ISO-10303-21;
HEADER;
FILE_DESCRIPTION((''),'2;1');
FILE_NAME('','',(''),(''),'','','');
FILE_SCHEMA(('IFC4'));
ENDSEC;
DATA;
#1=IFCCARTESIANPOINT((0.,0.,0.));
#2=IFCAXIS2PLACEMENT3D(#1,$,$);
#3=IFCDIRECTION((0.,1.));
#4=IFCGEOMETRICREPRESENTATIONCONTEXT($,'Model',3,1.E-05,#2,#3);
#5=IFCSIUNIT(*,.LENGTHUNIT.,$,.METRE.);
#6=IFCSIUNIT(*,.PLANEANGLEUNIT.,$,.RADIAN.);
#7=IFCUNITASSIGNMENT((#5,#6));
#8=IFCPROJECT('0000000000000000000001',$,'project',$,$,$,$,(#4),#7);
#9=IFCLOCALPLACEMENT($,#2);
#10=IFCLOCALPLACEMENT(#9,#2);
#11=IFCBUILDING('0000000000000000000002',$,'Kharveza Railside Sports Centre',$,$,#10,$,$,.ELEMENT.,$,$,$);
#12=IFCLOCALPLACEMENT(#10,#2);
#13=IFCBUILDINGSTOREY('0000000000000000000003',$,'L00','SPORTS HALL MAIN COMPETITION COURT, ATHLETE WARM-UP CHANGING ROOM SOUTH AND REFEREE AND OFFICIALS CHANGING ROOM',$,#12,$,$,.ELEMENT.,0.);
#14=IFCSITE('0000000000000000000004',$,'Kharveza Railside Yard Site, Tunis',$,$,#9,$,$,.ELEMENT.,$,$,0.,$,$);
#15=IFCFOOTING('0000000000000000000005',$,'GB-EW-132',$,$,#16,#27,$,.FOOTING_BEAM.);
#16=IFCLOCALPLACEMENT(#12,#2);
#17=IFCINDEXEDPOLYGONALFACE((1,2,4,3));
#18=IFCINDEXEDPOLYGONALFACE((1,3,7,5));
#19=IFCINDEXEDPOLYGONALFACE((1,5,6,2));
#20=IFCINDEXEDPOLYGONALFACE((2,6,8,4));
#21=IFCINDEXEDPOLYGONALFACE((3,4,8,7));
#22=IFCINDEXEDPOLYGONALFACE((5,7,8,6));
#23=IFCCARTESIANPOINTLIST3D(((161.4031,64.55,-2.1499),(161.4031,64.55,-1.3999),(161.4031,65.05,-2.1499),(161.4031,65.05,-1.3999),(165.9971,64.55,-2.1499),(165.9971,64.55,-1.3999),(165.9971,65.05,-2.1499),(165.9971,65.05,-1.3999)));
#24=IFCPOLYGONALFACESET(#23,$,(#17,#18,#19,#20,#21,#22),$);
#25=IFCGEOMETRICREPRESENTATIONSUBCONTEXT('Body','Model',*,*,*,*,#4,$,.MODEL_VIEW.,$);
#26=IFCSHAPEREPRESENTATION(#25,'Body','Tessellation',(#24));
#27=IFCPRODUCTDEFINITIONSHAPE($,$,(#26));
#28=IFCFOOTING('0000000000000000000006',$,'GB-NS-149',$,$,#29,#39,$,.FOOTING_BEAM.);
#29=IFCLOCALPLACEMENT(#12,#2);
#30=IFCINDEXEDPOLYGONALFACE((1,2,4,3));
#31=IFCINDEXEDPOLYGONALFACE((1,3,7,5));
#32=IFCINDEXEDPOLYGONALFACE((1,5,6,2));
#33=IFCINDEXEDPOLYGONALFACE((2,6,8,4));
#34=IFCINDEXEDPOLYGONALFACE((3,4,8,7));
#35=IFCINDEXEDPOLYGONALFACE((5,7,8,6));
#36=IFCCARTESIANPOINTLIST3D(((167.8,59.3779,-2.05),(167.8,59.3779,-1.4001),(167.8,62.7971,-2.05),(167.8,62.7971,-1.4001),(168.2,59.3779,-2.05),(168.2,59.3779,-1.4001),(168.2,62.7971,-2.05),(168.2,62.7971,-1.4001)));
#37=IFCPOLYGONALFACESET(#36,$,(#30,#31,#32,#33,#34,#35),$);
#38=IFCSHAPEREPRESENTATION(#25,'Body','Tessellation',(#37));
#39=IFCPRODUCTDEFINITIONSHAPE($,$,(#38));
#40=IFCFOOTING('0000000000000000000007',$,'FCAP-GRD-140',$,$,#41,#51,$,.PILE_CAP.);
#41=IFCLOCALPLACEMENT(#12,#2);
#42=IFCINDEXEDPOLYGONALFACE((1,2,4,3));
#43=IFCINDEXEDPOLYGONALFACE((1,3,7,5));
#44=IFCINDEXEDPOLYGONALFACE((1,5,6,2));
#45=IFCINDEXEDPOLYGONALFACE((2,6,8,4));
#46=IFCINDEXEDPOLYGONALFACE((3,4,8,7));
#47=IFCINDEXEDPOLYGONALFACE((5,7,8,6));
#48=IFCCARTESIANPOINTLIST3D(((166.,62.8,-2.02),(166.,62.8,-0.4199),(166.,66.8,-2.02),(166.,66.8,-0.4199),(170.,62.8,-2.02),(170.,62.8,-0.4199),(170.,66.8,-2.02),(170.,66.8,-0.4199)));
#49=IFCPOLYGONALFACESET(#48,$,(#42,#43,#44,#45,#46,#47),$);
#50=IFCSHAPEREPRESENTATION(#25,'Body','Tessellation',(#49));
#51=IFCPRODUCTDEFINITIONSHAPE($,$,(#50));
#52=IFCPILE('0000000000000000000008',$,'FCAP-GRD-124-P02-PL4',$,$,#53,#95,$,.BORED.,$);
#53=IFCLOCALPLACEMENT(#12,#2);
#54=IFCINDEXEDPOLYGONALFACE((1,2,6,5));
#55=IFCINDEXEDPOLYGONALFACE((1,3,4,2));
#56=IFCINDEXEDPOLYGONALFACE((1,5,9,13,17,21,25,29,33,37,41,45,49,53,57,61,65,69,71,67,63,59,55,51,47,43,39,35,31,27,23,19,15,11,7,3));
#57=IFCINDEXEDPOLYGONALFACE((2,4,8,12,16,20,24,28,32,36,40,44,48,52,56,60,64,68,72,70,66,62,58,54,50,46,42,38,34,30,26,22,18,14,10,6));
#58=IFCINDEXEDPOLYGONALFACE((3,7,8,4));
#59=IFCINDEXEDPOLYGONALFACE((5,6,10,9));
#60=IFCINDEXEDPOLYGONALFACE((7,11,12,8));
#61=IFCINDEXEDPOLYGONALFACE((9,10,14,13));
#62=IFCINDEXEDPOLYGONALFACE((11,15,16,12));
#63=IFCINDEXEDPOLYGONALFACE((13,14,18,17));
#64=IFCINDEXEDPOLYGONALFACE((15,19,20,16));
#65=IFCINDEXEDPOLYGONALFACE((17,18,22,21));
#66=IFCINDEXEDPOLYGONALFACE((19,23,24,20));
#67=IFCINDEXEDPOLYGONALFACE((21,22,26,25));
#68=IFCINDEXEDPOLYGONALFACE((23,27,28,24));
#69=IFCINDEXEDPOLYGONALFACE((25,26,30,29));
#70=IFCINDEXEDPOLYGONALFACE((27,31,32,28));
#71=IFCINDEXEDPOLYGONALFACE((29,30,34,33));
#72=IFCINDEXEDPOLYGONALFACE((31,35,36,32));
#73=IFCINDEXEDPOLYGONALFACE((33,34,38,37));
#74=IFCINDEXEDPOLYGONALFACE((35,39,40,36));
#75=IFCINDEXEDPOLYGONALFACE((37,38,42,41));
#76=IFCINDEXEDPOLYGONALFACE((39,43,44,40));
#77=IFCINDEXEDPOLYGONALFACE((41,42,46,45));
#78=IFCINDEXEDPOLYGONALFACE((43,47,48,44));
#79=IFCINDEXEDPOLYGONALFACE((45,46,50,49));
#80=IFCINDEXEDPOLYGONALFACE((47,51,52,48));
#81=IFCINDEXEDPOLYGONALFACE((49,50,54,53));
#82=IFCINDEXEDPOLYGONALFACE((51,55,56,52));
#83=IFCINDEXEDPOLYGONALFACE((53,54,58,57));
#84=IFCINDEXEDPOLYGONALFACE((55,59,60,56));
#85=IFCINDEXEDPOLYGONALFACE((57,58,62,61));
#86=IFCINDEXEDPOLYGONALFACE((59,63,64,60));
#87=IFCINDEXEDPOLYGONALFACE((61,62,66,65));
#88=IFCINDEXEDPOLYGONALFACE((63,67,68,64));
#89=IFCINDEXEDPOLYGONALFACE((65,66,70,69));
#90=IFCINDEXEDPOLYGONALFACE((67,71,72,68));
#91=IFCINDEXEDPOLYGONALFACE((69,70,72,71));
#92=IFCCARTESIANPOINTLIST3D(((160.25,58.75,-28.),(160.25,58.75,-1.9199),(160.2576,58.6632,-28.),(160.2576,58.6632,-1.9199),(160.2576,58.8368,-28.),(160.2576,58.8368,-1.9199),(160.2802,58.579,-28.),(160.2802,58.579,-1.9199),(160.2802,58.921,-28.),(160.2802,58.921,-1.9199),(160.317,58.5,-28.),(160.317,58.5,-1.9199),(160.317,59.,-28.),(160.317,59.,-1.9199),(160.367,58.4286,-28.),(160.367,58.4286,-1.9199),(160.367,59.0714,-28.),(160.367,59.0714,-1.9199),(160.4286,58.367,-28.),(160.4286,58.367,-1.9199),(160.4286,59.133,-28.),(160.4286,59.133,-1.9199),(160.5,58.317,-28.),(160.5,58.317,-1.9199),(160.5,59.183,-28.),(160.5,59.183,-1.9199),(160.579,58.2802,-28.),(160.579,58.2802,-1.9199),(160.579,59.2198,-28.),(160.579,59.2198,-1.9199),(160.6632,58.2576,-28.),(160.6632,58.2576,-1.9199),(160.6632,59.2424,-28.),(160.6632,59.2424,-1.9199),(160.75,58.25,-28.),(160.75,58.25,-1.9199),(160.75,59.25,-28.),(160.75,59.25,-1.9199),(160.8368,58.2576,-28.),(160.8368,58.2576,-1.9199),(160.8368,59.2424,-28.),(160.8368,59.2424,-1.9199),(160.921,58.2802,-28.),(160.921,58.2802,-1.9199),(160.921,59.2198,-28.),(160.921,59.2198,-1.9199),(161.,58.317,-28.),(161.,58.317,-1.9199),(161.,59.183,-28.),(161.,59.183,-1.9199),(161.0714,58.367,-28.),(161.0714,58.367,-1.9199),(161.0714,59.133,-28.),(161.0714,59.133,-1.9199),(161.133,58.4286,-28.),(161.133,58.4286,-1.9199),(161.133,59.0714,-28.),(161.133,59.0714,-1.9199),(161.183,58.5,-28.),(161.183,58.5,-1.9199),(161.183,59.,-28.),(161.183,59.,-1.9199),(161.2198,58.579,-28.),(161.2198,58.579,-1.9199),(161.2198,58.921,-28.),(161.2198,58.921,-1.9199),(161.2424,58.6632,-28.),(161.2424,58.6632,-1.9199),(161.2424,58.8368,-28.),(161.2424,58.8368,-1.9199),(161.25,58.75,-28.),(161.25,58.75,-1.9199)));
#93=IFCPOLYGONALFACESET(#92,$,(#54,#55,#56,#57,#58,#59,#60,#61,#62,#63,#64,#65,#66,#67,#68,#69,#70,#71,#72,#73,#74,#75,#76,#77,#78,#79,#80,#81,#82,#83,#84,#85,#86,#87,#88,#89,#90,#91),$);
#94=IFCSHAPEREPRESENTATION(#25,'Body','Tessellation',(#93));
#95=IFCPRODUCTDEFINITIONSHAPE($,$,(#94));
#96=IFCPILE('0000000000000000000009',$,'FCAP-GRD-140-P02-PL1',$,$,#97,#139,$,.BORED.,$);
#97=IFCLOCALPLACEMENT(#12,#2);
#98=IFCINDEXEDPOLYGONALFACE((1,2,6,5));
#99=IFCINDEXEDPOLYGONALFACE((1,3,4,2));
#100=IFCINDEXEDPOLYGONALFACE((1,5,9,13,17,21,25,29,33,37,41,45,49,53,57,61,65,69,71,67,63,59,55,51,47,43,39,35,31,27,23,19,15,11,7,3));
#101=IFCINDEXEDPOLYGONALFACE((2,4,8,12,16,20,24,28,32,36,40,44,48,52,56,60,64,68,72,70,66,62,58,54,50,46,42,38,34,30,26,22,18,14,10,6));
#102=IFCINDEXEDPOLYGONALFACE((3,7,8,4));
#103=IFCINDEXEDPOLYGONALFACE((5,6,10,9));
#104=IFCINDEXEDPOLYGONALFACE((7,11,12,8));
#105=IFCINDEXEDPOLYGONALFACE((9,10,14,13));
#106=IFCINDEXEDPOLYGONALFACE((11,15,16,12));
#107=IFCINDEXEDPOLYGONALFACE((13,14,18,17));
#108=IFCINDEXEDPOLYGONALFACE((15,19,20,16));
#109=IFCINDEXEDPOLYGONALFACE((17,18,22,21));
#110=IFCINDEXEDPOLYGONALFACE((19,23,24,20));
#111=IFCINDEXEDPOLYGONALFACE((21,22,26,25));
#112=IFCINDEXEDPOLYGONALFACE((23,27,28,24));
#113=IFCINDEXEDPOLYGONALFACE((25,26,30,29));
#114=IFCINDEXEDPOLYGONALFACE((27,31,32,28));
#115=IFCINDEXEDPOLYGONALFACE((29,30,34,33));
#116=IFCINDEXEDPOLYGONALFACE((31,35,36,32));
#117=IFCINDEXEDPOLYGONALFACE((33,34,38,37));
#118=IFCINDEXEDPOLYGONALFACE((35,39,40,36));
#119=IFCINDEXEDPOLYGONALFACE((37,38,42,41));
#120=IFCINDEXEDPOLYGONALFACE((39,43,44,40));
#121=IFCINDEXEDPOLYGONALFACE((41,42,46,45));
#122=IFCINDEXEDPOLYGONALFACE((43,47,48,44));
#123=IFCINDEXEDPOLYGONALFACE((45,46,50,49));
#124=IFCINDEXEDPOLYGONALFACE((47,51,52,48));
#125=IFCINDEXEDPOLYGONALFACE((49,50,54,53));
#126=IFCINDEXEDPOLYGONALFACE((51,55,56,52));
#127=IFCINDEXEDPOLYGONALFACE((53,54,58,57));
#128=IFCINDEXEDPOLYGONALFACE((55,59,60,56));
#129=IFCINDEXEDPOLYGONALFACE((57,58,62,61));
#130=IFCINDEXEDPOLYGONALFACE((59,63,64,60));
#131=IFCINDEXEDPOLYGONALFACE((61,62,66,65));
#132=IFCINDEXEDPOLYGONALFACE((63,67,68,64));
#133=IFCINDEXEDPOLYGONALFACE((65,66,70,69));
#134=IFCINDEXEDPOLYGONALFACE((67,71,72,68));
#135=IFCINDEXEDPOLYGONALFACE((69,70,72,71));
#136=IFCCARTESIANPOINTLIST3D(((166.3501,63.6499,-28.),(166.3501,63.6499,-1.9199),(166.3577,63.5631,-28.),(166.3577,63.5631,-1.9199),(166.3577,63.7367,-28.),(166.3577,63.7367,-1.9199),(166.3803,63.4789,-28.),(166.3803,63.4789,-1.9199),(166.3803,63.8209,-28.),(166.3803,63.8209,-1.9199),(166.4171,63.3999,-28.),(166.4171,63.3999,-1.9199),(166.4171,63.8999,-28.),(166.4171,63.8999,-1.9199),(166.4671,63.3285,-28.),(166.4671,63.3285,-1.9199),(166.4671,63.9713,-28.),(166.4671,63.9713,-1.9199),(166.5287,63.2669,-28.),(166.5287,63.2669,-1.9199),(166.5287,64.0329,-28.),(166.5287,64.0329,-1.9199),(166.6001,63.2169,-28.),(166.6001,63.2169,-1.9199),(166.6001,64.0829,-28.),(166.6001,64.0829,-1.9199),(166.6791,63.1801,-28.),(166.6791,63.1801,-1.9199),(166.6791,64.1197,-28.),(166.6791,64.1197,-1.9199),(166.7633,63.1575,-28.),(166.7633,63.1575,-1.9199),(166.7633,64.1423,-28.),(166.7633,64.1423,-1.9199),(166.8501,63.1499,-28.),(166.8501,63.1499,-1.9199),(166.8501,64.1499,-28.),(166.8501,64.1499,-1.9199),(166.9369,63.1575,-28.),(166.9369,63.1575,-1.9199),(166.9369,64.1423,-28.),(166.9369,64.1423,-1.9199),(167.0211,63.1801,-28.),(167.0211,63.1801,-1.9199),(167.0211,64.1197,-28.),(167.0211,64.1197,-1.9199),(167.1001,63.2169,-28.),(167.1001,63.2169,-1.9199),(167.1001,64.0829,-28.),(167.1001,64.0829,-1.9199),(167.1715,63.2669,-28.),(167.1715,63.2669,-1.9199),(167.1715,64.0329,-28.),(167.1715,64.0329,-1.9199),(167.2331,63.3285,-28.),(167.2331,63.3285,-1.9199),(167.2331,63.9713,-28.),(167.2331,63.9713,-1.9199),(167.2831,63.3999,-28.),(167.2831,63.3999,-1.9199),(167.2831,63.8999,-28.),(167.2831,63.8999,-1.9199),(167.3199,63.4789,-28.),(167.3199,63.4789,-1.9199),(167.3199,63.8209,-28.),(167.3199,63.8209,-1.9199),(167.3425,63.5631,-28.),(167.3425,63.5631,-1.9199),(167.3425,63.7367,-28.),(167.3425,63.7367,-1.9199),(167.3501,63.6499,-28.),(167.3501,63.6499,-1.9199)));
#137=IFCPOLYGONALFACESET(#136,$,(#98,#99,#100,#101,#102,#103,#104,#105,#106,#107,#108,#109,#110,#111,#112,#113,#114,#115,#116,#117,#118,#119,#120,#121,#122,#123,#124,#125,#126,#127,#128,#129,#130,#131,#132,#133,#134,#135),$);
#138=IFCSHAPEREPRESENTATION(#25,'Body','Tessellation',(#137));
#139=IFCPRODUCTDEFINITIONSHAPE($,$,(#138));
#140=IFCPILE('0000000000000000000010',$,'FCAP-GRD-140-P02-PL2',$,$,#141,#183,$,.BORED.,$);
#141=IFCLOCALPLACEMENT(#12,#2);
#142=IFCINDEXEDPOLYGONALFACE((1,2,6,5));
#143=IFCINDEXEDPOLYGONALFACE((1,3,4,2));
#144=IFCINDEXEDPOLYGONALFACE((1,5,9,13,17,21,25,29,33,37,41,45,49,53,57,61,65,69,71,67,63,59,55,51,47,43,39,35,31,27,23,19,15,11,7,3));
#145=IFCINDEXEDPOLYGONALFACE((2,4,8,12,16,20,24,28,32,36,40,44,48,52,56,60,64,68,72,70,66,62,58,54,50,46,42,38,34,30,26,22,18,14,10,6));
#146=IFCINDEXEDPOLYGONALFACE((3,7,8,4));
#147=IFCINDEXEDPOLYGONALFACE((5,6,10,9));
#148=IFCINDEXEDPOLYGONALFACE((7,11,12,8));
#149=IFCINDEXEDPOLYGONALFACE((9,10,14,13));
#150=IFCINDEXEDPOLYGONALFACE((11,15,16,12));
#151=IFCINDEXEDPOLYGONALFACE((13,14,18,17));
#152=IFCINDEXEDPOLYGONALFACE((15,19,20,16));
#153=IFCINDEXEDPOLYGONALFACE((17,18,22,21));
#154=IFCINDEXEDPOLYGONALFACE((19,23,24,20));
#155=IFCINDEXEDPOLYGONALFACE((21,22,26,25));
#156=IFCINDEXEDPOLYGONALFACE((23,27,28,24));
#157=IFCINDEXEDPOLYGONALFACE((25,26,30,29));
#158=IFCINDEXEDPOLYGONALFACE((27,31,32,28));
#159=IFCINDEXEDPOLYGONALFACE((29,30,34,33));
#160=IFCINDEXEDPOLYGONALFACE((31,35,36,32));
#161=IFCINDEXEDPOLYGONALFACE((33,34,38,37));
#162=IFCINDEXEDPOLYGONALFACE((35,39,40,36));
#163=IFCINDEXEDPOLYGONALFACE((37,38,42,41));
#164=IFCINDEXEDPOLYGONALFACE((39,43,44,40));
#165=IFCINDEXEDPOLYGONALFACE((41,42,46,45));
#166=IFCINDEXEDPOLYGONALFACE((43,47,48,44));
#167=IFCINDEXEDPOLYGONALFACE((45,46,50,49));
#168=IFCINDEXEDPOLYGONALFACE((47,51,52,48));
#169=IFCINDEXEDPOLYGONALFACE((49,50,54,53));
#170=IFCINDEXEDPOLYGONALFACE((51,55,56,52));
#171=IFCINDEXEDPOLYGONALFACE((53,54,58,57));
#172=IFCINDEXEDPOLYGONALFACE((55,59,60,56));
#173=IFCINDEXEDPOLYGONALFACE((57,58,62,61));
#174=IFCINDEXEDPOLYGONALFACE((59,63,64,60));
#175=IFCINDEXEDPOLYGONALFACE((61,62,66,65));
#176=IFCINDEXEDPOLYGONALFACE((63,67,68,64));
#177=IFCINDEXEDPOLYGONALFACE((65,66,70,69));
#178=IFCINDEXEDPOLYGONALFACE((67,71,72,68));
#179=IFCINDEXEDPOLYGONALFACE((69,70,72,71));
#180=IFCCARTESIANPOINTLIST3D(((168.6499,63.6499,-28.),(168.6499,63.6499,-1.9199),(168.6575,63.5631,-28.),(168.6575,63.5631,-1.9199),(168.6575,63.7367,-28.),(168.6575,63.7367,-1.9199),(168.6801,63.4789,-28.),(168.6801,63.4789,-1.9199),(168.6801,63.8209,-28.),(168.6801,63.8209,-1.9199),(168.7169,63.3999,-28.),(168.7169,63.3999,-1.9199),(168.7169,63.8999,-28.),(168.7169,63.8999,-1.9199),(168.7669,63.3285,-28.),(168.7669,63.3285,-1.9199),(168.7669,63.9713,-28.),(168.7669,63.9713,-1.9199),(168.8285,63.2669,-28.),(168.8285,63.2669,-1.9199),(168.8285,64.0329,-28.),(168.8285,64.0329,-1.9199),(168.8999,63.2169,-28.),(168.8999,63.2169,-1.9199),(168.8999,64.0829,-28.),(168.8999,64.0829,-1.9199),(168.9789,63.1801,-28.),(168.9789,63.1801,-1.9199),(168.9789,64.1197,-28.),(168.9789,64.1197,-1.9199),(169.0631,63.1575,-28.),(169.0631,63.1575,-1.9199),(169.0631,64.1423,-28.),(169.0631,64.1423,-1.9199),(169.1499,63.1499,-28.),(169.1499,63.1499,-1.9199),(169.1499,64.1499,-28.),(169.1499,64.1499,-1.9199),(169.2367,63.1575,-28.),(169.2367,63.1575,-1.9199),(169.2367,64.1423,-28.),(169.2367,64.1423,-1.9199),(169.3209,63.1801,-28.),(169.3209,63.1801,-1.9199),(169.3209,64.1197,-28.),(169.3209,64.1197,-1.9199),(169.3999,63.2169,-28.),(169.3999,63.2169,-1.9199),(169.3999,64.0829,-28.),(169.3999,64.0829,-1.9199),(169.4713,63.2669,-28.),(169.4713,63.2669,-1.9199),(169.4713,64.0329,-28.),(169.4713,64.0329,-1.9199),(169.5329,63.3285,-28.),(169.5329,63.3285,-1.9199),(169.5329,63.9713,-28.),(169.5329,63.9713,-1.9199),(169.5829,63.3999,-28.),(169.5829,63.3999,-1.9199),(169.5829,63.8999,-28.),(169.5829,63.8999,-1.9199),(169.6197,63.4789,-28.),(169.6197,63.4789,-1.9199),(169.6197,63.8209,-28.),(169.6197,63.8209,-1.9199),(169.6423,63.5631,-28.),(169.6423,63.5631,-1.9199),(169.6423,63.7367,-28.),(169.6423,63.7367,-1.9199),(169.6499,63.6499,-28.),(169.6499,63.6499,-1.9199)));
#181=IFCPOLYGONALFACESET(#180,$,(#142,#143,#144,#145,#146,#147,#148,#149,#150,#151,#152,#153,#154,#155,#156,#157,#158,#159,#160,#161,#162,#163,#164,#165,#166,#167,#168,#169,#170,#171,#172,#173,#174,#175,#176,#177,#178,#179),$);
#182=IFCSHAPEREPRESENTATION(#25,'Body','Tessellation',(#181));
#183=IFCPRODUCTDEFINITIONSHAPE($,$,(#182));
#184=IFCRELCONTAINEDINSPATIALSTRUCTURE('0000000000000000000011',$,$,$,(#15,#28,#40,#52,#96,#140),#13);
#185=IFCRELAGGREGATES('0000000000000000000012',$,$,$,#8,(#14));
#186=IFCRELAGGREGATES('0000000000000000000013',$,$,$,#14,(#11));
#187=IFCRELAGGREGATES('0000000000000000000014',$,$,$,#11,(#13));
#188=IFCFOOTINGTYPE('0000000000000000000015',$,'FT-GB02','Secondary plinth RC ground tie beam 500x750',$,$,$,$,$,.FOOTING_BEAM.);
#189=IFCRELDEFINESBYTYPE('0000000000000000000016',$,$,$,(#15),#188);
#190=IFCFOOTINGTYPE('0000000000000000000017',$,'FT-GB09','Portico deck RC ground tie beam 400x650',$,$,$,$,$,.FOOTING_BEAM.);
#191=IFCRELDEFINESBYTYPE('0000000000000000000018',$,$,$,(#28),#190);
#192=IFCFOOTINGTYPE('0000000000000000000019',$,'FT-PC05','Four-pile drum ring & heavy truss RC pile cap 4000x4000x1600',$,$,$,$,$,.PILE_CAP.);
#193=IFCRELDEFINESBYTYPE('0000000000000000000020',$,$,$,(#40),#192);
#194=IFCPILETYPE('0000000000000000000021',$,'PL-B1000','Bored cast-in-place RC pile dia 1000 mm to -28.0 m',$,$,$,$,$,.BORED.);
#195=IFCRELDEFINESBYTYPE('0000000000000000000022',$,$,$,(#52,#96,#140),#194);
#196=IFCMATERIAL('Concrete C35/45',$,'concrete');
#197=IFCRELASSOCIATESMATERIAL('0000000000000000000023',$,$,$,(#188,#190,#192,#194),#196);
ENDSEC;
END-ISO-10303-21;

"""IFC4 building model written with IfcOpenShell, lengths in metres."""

from ifc_helpers import new_model, si_unit, direction, frame, origin, origin_2d, place, context, subcontext, project, spatial, rectangle, circle, extrude, material, material_profile, profile_set, type_object, element, save


model = new_model("IFC4")

# Units and contexts
model_context = context("Model", 3, precision=1e-05, world=origin(), true_north=direction((0.0, 1.0)))
body_context = subcontext(model_context, "Body", "Model", "MODEL_VIEW")
ifc_project = project(units=[si_unit("LENGTHUNIT", "METRE"), si_unit("PLANEANGLEUNIT", "RADIAN")], contexts=[model_context])

# Site, building, storey
site_placement = place(None, origin())
site = spatial("IfcSite", under=ifc_project, at=site_placement, Name="Kharveza Railside Yard Site, Tunis", CompositionType="ELEMENT", RefElevation=0.0)
building_placement = place(site_placement, origin())
building = spatial("IfcBuilding", under=site, at=building_placement, Name="Kharveza Railside Sports Centre", CompositionType="ELEMENT")
storey_placement = place(building_placement, origin())
storey = spatial("IfcBuildingStorey", under=building, at=storey_placement, Name="L00", Description="SPORTS HALL MAIN COMPETITION COURT, ATHLETE WARM-UP CHANGING ROOM SOUTH AND REFEREE AND OFFICIALS CHANGING ROOM", CompositionType="ELEMENT", Elevation=0.0)

# Footings
ifc_material_1 = material(Name="Concrete C35/45", Category="concrete")
ifc_material_profile_1 = material_profile(ifc_material_1, rectangle(XDim=0.5, YDim=0.75, at=origin_2d()), Name="GB 500x750")
ifc_profile_set_1 = profile_set([ifc_material_profile_1], Name="Concrete C35/45")
footing_type_1 = type_object("IfcFootingType", Name="FT-GB02", Description="Secondary plinth RC ground tie beam 500x750", PredefinedType="FOOTING_BEAM", material=ifc_profile_set_1)
footing_1_placement = place(storey_placement, frame((161.4031, 64.8, -1.7749), z_axis=(1.0, 0.0, 0.0), x_axis=(0.0, 1.0, 0.0)))
element("IfcFooting", 1, at=footing_1_placement, inside=storey, type_object=footing_type_1, Name="GB-EW-132", PredefinedType="FOOTING_BEAM", context=body_context, shape_type="SweptSolid", body=[
    extrude(rectangle(XDim=0.5, YDim=0.75, at=origin_2d()), origin(), (0.0, 0.0, 1.0), 4.594),
])
ifc_material_profile_2 = material_profile(ifc_material_1, rectangle(XDim=0.3999, YDim=0.6499, at=origin_2d()), Name="GB 400x650")
ifc_profile_set_2 = profile_set([ifc_material_profile_2], Name="Concrete C35/45")
footing_type_2 = type_object("IfcFootingType", Name="FT-GB09", Description="Portico deck RC ground tie beam 400x650", PredefinedType="FOOTING_BEAM", material=ifc_profile_set_2)
footing_2_placement = place(storey_placement, frame((168.0, 59.3779, -1.7251), z_axis=(0.0, 1.0, 0.0), x_axis=(-1.0, 0.0, 0.0)))
element("IfcFooting", 2, at=footing_2_placement, inside=storey, type_object=footing_type_2, Name="GB-NS-149", PredefinedType="FOOTING_BEAM", context=body_context, shape_type="SweptSolid", body=[
    extrude(rectangle(XDim=0.3999, YDim=0.6499, at=origin_2d()), origin(), (0.0, 0.0, 1.0), 3.4192),
])
footing_type_3 = type_object("IfcFootingType", Name="FT-PC05", Description="Four-pile drum ring & heavy truss RC pile cap 4000x4000x1600", PredefinedType="PILE_CAP", material=ifc_material_1)
footing_3_placement = place(storey_placement, frame((168.0, 64.8, -2.02), z_axis=(0.0, 0.0, 1.0), x_axis=(1.0, 0.0, 0.0)))
element("IfcFooting", 3, at=footing_3_placement, inside=storey, type_object=footing_type_3, Name="FCAP-GRD-140", PredefinedType="PILE_CAP", context=body_context, shape_type="SweptSolid", body=[
    extrude(rectangle(XDim=4.0, YDim=4.0, at=origin_2d()), origin(), (0.0, 0.0, 1.0), 1.6001),
])

# Piles
ifc_material_profile_3 = material_profile(ifc_material_1, circle(Radius=0.5, at=origin_2d()), Name="PILE D1000")
ifc_profile_set_3 = profile_set([ifc_material_profile_3], Name="Concrete C35/45")
pile_type_1 = type_object("IfcPileType", Name="PL-B1000", Description="Bored cast-in-place RC pile dia 1000 mm to -28.0 m", PredefinedType="BORED", material=ifc_profile_set_3)
for number, where, z_axis, x_axis, name in (
    (4, (160.75, 58.75, -1.9199), (0.0, 0.0, -1.0), (1.0, 0.0, 0.0), "FCAP-GRD-124-P02-PL4"),
    (5, (166.8501, 63.6499, -1.9199), (0.0, 0.0, -1.0), (1.0, 0.0, 0.0), "FCAP-GRD-140-P02-PL1"),
    (6, (169.1499, 63.6499, -1.9199), (0.0, 0.0, -1.0), (1.0, 0.0, 0.0), "FCAP-GRD-140-P02-PL2"),
):
    element("IfcPile", number, at=place(storey_placement, frame(where, z_axis=z_axis, x_axis=x_axis)), inside=storey, type_object=pile_type_1, Name=name, PredefinedType="BORED", context=body_context, shape_type="SweptSolid", body=[
        extrude(circle(Radius=0.5, at=origin_2d()), origin(), (0.0, 0.0, 1.0), 26.0801),
    ])

save(model, "model.ifc")
